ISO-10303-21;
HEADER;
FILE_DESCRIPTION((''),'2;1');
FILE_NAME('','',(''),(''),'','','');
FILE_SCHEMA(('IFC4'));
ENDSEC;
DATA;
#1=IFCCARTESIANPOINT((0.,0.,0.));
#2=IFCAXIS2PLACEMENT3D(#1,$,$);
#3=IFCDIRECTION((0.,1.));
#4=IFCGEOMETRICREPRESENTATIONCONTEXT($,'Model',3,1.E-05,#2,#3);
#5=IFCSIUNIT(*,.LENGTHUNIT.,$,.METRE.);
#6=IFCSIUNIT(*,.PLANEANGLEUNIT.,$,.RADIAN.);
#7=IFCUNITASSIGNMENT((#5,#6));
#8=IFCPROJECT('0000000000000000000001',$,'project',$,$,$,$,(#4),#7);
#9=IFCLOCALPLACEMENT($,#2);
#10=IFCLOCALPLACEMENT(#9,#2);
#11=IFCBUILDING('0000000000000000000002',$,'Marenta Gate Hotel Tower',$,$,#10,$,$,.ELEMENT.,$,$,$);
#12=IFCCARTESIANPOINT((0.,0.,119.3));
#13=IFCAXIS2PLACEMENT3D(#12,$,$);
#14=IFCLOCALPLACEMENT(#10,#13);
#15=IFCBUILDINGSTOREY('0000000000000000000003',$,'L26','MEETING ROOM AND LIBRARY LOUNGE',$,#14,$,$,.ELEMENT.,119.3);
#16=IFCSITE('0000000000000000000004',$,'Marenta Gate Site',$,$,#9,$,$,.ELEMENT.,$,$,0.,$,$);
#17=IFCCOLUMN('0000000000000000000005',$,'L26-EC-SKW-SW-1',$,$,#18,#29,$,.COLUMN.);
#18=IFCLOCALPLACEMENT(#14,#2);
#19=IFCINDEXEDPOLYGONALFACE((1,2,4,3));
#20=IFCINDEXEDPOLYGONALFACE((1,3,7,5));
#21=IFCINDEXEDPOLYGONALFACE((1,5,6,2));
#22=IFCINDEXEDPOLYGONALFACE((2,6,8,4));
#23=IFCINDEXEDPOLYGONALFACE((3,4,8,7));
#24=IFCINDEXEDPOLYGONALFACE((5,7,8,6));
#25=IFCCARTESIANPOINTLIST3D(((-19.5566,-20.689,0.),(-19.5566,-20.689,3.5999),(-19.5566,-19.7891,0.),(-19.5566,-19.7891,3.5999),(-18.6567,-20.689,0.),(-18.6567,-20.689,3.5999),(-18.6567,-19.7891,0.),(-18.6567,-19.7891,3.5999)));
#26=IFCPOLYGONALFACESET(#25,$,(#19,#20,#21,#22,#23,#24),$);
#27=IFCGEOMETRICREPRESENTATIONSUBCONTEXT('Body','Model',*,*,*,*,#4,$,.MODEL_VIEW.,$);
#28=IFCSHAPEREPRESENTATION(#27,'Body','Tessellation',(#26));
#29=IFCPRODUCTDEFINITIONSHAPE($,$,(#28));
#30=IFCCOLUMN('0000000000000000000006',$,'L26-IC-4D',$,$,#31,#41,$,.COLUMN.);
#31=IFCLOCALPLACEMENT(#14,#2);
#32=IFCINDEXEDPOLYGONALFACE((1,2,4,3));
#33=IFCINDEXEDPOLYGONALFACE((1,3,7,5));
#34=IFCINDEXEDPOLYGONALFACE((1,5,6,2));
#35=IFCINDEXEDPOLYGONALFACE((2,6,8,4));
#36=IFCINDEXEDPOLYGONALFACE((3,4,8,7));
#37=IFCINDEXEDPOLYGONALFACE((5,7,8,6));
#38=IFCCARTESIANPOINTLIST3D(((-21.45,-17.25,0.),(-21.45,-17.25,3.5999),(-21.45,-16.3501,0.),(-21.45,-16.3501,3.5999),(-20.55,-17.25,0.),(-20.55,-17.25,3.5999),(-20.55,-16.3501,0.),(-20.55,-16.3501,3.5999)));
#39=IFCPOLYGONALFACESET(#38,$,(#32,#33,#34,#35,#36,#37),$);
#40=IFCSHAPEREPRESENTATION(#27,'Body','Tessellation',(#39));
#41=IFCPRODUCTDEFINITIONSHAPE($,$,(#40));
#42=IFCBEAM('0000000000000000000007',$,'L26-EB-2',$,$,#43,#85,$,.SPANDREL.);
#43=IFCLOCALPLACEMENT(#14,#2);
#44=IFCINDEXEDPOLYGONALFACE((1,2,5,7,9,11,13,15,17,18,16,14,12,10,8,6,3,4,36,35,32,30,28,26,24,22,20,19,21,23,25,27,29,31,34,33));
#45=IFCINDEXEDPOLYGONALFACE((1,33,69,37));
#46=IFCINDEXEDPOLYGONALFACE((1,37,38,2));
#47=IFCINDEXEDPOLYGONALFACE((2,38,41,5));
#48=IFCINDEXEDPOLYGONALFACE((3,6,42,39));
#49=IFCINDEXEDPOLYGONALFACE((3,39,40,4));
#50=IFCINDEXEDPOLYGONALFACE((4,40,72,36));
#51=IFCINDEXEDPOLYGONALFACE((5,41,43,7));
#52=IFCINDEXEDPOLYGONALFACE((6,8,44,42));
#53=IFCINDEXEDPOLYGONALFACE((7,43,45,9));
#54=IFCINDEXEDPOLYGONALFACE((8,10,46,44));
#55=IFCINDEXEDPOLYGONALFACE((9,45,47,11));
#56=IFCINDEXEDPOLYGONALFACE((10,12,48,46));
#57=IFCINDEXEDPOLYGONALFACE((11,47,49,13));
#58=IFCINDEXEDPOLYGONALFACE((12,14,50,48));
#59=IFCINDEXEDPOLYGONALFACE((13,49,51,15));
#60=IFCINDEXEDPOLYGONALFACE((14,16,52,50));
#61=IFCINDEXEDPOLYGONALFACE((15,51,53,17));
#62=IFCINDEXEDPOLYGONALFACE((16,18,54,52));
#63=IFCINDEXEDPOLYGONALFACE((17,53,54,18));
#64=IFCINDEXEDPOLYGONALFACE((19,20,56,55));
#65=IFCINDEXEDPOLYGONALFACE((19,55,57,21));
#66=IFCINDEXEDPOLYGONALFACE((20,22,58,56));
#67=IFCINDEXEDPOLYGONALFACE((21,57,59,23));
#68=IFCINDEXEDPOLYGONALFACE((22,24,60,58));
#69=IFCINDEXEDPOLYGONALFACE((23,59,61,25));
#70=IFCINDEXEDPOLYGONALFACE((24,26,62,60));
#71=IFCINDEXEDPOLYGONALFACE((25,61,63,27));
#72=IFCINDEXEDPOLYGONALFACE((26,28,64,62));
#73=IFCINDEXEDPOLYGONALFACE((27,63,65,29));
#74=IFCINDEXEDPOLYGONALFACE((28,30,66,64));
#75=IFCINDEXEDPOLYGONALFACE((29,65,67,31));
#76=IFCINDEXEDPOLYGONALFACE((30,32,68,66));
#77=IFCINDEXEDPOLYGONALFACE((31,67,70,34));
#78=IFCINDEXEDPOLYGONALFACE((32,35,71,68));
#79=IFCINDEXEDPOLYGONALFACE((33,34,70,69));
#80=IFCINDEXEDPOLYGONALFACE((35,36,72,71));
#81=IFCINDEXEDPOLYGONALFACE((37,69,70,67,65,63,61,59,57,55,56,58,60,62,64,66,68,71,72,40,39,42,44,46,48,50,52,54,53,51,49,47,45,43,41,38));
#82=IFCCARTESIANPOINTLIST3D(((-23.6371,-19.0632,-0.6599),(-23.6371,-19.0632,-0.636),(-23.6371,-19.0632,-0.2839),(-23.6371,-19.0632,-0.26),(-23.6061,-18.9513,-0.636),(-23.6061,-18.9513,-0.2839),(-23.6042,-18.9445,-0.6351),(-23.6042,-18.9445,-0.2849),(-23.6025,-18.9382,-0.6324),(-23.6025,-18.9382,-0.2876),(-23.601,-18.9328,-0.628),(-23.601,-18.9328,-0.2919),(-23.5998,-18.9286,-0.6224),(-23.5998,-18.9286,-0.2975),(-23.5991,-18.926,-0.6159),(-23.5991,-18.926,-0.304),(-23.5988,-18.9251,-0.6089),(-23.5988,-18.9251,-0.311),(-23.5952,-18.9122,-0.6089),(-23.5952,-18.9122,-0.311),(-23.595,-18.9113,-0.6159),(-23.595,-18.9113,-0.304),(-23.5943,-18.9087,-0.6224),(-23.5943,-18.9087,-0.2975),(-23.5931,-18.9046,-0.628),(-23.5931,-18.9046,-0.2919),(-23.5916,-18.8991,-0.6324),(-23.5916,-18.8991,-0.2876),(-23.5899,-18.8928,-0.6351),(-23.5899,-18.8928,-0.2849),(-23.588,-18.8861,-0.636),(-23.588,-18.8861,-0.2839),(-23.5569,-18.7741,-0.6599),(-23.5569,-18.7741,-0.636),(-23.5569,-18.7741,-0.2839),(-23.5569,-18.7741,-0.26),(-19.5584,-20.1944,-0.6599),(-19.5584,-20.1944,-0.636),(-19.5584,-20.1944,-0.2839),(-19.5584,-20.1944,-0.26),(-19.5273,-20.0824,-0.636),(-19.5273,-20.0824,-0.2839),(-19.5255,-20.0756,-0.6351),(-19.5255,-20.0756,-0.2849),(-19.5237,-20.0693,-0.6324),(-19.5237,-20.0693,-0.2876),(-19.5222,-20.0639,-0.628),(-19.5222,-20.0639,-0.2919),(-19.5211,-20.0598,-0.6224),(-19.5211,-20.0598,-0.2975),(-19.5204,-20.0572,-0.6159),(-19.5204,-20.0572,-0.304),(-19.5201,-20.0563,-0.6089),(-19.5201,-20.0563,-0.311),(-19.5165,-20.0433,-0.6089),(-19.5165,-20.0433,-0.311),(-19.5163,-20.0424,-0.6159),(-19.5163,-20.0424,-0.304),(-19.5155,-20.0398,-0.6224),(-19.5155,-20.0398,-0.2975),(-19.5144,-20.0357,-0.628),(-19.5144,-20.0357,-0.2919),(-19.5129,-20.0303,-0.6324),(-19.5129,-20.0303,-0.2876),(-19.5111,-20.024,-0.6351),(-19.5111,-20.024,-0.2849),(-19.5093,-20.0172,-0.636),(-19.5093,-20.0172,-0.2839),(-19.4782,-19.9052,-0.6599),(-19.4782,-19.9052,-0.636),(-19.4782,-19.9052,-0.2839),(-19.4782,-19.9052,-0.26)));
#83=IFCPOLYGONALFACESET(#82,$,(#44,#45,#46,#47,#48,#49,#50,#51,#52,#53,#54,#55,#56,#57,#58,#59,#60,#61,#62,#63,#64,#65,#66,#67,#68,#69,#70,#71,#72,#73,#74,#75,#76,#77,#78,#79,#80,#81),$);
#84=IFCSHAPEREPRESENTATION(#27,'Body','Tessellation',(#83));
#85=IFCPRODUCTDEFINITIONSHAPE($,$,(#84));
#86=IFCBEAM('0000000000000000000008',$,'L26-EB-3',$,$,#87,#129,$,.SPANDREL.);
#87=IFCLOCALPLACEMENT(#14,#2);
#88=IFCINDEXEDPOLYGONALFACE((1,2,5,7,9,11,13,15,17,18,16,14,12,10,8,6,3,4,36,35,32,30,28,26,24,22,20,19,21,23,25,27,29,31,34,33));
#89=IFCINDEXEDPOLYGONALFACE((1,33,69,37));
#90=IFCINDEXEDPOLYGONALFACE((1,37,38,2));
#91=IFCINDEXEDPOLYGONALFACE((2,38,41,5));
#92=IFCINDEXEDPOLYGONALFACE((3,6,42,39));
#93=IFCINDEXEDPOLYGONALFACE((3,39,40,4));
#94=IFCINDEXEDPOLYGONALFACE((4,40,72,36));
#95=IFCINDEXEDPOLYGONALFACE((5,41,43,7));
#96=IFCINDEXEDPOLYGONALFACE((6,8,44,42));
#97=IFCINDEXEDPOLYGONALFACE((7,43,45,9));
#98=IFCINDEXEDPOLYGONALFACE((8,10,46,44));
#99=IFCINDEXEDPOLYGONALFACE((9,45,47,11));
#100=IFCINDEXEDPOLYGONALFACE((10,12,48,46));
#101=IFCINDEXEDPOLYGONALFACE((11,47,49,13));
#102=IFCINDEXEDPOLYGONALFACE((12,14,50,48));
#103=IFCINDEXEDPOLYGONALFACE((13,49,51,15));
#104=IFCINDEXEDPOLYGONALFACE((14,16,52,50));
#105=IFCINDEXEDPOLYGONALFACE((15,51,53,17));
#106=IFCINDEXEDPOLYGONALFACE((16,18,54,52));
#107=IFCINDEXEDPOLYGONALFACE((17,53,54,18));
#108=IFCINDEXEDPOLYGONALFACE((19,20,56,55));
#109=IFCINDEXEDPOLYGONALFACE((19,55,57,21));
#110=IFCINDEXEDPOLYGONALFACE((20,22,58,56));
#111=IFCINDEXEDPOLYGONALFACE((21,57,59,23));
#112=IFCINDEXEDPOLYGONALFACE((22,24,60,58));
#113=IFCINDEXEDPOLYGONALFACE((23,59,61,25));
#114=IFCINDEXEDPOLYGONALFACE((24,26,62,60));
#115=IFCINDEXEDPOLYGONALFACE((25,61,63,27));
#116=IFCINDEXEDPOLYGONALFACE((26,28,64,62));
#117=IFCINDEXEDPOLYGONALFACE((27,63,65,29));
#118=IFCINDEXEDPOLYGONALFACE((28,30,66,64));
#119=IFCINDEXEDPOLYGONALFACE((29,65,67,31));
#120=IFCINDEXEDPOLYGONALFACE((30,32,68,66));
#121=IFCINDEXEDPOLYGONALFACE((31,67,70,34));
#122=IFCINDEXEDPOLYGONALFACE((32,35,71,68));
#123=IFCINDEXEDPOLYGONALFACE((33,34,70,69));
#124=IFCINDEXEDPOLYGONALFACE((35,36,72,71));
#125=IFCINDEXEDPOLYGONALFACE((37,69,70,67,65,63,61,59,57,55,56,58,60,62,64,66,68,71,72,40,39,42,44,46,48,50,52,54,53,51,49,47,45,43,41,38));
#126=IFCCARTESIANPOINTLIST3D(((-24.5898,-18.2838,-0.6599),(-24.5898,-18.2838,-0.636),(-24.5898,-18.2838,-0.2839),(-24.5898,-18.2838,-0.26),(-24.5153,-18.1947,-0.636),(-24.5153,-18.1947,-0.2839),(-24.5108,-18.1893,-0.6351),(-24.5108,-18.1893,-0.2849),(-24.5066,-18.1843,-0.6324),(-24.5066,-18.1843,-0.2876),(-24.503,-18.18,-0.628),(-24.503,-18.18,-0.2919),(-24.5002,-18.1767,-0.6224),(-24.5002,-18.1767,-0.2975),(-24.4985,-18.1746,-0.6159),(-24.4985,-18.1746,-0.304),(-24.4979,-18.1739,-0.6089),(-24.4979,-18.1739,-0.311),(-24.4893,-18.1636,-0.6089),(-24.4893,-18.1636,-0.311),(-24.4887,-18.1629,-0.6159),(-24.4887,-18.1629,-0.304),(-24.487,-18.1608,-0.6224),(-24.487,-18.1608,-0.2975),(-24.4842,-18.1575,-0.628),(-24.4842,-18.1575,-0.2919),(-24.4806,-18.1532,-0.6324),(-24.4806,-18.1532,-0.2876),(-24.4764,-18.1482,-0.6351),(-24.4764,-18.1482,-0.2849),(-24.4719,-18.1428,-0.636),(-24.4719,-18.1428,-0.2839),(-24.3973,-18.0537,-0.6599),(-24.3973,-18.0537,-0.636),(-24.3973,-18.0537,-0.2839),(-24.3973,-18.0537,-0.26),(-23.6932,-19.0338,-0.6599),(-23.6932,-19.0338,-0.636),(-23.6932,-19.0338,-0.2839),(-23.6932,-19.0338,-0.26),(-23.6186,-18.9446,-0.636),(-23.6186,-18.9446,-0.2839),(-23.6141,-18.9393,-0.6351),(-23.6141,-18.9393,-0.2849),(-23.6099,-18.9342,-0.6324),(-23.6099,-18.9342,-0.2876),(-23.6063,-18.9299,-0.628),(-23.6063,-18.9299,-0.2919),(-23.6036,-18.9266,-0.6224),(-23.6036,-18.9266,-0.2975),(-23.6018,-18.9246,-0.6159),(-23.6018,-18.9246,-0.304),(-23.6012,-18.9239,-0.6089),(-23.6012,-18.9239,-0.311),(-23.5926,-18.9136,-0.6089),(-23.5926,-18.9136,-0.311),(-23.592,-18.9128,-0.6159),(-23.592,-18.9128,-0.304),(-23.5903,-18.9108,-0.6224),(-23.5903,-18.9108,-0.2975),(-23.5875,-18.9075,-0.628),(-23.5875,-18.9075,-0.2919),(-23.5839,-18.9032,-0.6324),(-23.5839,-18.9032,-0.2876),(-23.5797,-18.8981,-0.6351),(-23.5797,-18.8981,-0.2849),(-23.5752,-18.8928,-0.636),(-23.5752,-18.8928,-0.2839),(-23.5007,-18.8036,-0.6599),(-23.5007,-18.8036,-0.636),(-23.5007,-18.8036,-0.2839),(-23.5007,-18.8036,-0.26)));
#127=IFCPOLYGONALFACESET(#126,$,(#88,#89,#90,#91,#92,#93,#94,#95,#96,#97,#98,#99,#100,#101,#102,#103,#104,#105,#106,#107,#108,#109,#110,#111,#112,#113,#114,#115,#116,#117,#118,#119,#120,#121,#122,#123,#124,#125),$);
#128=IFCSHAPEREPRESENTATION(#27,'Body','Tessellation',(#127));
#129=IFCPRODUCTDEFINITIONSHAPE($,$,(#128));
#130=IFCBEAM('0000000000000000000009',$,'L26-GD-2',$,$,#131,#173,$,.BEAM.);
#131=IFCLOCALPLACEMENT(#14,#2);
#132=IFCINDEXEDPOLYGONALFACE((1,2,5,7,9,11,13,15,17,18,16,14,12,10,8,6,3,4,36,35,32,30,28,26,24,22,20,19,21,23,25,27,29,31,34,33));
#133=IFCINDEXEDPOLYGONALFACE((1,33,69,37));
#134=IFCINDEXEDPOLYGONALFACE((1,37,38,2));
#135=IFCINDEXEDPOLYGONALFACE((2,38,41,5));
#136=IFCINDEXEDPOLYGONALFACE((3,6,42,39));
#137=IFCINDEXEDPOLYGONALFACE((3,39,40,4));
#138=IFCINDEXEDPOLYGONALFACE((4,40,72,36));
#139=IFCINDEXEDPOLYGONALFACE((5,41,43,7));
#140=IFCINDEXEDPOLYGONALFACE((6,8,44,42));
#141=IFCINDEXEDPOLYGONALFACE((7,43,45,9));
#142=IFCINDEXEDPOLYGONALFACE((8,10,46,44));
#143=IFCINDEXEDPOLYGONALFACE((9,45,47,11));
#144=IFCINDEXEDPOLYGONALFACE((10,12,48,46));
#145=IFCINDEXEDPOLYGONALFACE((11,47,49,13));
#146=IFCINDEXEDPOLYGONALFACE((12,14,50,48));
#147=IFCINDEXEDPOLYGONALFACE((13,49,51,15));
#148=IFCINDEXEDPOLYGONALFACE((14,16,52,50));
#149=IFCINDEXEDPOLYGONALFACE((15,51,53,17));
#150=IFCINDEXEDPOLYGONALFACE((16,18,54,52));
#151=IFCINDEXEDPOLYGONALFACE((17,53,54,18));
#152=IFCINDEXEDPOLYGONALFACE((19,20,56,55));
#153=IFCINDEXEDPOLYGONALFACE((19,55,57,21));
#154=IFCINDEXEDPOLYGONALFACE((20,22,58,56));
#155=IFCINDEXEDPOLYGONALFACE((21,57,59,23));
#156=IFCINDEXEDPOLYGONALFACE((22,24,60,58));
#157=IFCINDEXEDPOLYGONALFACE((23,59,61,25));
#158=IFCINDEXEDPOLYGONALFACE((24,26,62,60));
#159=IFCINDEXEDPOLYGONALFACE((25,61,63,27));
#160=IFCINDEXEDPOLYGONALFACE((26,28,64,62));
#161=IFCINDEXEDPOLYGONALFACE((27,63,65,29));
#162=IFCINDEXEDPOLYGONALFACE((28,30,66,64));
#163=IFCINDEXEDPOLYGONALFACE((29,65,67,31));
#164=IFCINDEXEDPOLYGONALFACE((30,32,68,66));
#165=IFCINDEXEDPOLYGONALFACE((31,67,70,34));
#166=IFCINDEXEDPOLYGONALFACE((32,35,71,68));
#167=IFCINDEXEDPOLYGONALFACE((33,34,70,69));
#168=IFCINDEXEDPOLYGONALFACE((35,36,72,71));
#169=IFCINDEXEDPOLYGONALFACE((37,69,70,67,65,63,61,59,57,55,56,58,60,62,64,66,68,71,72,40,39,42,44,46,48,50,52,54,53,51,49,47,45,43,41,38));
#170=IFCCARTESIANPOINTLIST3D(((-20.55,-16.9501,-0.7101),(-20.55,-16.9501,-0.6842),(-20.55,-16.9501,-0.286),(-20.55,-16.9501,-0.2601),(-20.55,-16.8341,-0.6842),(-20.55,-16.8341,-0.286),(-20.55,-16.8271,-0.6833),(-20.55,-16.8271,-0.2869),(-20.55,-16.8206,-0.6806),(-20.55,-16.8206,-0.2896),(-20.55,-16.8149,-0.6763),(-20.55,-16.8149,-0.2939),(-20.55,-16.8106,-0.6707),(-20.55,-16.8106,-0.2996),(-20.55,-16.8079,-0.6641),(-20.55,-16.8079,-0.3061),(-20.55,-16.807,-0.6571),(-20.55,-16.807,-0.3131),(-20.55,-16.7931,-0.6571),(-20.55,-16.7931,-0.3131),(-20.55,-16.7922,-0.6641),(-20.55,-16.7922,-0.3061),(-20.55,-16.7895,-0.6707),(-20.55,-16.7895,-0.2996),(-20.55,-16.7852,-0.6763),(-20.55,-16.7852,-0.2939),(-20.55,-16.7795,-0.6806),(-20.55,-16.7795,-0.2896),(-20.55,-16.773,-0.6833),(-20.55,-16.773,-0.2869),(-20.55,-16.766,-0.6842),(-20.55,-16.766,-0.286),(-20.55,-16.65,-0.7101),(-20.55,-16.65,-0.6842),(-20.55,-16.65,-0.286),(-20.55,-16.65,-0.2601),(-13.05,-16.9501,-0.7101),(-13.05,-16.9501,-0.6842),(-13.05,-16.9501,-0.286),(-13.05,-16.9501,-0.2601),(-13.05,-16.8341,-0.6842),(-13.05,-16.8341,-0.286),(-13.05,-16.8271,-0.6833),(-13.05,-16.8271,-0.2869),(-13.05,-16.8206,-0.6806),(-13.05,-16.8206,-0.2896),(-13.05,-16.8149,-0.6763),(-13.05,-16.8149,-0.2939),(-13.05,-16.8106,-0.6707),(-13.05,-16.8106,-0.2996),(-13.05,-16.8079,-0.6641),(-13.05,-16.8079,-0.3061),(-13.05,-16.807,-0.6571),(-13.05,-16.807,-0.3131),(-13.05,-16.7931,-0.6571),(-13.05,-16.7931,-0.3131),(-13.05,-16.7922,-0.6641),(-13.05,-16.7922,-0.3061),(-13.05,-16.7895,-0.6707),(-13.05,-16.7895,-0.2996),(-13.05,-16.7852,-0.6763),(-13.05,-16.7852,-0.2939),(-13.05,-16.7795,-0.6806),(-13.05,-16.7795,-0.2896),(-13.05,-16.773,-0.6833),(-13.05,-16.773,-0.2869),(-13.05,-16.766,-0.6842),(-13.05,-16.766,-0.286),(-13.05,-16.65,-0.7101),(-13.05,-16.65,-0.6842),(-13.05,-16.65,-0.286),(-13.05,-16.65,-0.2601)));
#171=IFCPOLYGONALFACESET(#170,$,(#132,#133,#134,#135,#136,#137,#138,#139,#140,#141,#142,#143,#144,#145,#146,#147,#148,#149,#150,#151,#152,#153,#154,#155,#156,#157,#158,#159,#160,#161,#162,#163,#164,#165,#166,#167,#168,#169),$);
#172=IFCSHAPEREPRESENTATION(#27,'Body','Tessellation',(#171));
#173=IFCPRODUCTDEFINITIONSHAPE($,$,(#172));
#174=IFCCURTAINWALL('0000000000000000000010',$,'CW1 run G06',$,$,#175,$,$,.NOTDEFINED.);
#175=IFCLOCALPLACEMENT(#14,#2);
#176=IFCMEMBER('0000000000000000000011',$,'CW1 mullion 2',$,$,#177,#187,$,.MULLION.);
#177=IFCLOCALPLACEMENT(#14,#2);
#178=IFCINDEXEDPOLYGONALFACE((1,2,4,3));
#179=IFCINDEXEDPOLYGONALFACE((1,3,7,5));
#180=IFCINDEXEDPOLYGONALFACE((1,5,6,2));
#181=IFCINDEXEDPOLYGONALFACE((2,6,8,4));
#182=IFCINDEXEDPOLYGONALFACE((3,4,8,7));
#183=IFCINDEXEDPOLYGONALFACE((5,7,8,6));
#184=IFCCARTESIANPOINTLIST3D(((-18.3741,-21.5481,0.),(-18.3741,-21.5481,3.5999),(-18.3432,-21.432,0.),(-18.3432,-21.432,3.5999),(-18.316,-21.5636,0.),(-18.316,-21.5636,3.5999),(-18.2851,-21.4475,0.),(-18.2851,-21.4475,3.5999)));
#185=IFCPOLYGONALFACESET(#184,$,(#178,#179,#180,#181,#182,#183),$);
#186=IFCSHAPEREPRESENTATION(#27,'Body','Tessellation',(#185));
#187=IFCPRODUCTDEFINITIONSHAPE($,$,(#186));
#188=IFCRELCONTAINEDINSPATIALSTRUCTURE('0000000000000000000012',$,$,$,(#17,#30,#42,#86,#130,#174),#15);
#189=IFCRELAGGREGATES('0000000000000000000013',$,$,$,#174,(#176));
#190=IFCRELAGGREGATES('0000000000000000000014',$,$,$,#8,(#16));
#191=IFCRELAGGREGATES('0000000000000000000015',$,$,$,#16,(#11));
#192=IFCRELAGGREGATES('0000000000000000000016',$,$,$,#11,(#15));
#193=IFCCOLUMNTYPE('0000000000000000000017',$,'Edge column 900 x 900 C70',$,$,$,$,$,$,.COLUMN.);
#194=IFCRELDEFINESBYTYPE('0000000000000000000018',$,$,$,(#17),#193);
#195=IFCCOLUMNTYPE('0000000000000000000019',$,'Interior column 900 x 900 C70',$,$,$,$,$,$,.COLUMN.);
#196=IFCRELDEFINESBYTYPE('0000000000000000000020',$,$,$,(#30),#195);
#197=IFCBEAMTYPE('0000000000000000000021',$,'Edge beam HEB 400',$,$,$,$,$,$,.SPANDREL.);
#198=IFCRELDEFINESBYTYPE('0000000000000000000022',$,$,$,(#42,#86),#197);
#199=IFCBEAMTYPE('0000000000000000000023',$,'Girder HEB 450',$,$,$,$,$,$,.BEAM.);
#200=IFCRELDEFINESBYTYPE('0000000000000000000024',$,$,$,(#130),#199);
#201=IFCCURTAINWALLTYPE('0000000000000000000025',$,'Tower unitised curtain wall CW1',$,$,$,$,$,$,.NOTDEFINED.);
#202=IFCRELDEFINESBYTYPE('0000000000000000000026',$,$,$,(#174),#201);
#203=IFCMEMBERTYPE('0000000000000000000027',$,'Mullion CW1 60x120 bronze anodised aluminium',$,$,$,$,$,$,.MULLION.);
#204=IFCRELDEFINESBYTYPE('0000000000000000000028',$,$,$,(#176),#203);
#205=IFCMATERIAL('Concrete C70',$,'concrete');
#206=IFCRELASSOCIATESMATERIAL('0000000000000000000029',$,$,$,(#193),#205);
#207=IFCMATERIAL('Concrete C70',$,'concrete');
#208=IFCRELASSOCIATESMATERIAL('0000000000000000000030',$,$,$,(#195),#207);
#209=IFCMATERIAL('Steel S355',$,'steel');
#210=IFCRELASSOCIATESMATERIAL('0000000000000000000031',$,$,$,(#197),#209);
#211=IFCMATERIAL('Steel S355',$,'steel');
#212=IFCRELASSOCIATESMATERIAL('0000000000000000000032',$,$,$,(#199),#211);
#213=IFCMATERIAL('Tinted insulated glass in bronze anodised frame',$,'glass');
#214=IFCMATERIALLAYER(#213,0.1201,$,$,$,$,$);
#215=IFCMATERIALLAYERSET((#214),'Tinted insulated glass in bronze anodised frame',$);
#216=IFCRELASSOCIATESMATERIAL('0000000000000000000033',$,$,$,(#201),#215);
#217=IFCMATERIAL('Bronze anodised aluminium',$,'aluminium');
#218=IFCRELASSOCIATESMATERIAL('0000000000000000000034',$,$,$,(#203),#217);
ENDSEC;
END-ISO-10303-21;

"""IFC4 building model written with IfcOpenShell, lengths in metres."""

from ifc_helpers import new_model, si_unit, direction, frame, origin, origin_2d, place, context, subcontext, project, spatial, rectangle, i_section, extrude, material, layer, layer_set, material_profile, profile_set, type_object, element, aggregate, save


model = new_model("IFC4")

# Units and contexts
model_context = context("Model", 3, precision=1e-05, world=origin(), true_north=direction((0.0, 1.0)))
body_context = subcontext(model_context, "Body", "Model", "MODEL_VIEW")
ifc_project = project(units=[si_unit("LENGTHUNIT", "METRE"), si_unit("PLANEANGLEUNIT", "RADIAN")], contexts=[model_context])

# Site, building, storey
site_placement = place(None, origin())
site = spatial("IfcSite", under=ifc_project, at=site_placement, Name="Marenta Gate Site", CompositionType="ELEMENT", RefElevation=0.0)
building_placement = place(site_placement, origin())
building = spatial("IfcBuilding", under=site, at=building_placement, Name="Marenta Gate Hotel Tower", CompositionType="ELEMENT")
storey_placement = place(building_placement, frame((0.0, 0.0, 119.3)))
storey = spatial("IfcBuildingStorey", under=building, at=storey_placement, Name="L26", Description="MEETING ROOM AND LIBRARY LOUNGE", CompositionType="ELEMENT", Elevation=119.3)

# Columns
ifc_material_1 = material(Name="Concrete C70", Category="concrete")
ifc_material_profile_1 = material_profile(ifc_material_1, rectangle(XDim=0.8999, YDim=0.8999, at=origin_2d()), Name="900 x 900")
ifc_profile_set_1 = profile_set([ifc_material_profile_1], Name="Concrete C70")
column_type_1 = type_object("IfcColumnType", Name="Edge column 900 x 900 C70", PredefinedType="COLUMN", material=ifc_profile_set_1)
column_1_placement = place(storey_placement, frame((-19.1067, -20.239, 0.0), z_axis=(0.0, 0.0, 1.0), x_axis=(1.0, 0.0, 0.0)))
element("IfcColumn", 1, at=column_1_placement, inside=storey, type_object=column_type_1, Name="L26-EC-SKW-SW-1", PredefinedType="COLUMN", context=body_context, shape_type="SweptSolid", body=[
    extrude(rectangle(XDim=0.8999, YDim=0.8999, at=origin_2d()), origin(), (0.0, 0.0, 1.0), 3.5999),
])
ifc_material_2 = material(Name="Concrete C70", Category="concrete")
ifc_material_profile_2 = material_profile(ifc_material_2, rectangle(XDim=0.8999, YDim=0.8999, at=origin_2d()), Name="900 x 900")
ifc_profile_set_2 = profile_set([ifc_material_profile_2], Name="Concrete C70")
column_type_2 = type_object("IfcColumnType", Name="Interior column 900 x 900 C70", PredefinedType="COLUMN", material=ifc_profile_set_2)
column_2_placement = place(storey_placement, frame((-21.0, -16.8, 0.0), z_axis=(0.0, 0.0, 1.0), x_axis=(1.0, 0.0, 0.0)))
element("IfcColumn", 2, at=column_2_placement, inside=storey, type_object=column_type_2, Name="L26-IC-4D", PredefinedType="COLUMN", context=body_context, shape_type="SweptSolid", body=[
    extrude(rectangle(XDim=0.8999, YDim=0.8999, at=origin_2d()), origin(), (0.0, 0.0, 1.0), 3.5999),
])

# Beams
ifc_material_3 = material(Name="Steel S355", Category="steel")
ifc_material_profile_3 = material_profile(ifc_material_3, i_section(OverallWidth=0.3, OverallDepth=0.3999, WebThickness=0.0134, FlangeThickness=0.0239, FilletRadius=0.0271, at=origin_2d()), Name="HEB 400")
ifc_profile_set_3 = profile_set([ifc_material_profile_3], Name="Steel S355")
beam_type_1 = type_object("IfcBeamType", Name="Edge beam HEB 400", PredefinedType="SPANDREL", material=ifc_profile_set_3)
beam_1_placement = place(storey_placement, frame((-19.5183, -20.0498, -0.46), z_axis=(-0.96363, 0.267239, 0.0), x_axis=(-0.267239, -0.96363, 0.0)))
element("IfcBeam", 3, at=beam_1_placement, inside=storey, type_object=beam_type_1, Name="L26-EB-2", PredefinedType="SPANDREL", context=body_context, shape_type="SweptSolid", body=[
    extrude(i_section(OverallWidth=0.3, OverallDepth=0.3999, WebThickness=0.0134, FlangeThickness=0.0239, FilletRadius=0.0271, at=origin_2d()), origin(), (0.0, 0.0, 1.0), 4.2327),
])
beam_2_placement = place(storey_placement, frame((-23.5969, -18.9187, -0.46), z_axis=(-0.767073, 0.64156, 0.0), x_axis=(-0.64156, -0.767073, 0.0)))
element("IfcBeam", 4, at=beam_2_placement, inside=storey, type_object=beam_type_1, Name="L26-EB-3", PredefinedType="SPANDREL", context=body_context, shape_type="SweptSolid", body=[
    extrude(i_section(OverallWidth=0.3, OverallDepth=0.3999, WebThickness=0.0134, FlangeThickness=0.0239, FilletRadius=0.0271, at=origin_2d()), origin(), (0.0, 0.0, 1.0), 1.1689),
])
ifc_material_4 = material(Name="Steel S355", Category="steel")
ifc_material_profile_4 = material_profile(ifc_material_4, i_section(OverallWidth=0.3, OverallDepth=0.45, WebThickness=0.0139, FlangeThickness=0.0259, FilletRadius=0.0271, at=origin_2d()), Name="HEB 450")
ifc_profile_set_4 = profile_set([ifc_material_profile_4], Name="Steel S355")
beam_type_2 = type_object("IfcBeamType", Name="Girder HEB 450", PredefinedType="BEAM", material=ifc_profile_set_4)
beam_3_placement = place(storey_placement, frame((-20.55, -16.8, -0.4851), z_axis=(1.0, 0.0, 0.0), x_axis=(0.0, 1.0, 0.0)))
element("IfcBeam", 5, at=beam_3_placement, inside=storey, type_object=beam_type_2, Name="L26-GD-2", PredefinedType="BEAM", context=body_context, shape_type="SweptSolid", body=[
    extrude(i_section(OverallWidth=0.3, OverallDepth=0.45, WebThickness=0.0139, FlangeThickness=0.0259, FilletRadius=0.0271, at=origin_2d()), origin(), (0.0, 0.0, 1.0), 7.5),
])

# Curtain wall, member
ifc_material_5 = material(Name="Tinted insulated glass in bronze anodised frame", Category="glass")
ifc_layer_1 = layer(ifc_material_5, 0.1201)
ifc_layer_set_1 = layer_set([ifc_layer_1], Name="Tinted insulated glass in bronze anodised frame")
curtain_wall_type = type_object("IfcCurtainWallType", Name="Tower unitised curtain wall CW1", PredefinedType="NOTDEFINED", material=ifc_layer_set_1)
curtain_wall_placement = place(storey_placement, origin())
curtain_wall = element("IfcCurtainWall", 6, at=curtain_wall_placement, inside=storey, type_object=curtain_wall_type, Name="CW1 run G06", PredefinedType="NOTDEFINED")
ifc_material_6 = material(Name="Bronze anodised aluminium", Category="aluminium")
ifc_material_profile_5 = material_profile(ifc_material_6, rectangle(XDim=0.1201, YDim=0.0601, at=origin_2d()), Name="Mullion CW1 60x120 bronze anodised aluminium")
ifc_profile_set_5 = profile_set([ifc_material_profile_5], Name="Bronze anodised aluminium")
member_type_1 = type_object("IfcMemberType", Name="Mullion CW1 60x120 bronze anodised aluminium", PredefinedType="MULLION", material=ifc_profile_set_5)
member_1_placement = place(storey_placement, frame((-18.3296, -21.4978, 0.0), z_axis=(0.0, 0.0, 1.0), x_axis=(0.257144, 0.966373, 0.0)))
member_1 = element("IfcMember", 7, at=member_1_placement, type_object=member_type_1, Name="CW1 mullion 2", PredefinedType="MULLION", context=body_context, shape_type="SweptSolid", body=[
    extrude(rectangle(XDim=0.1201, YDim=0.0601, at=origin_2d()), origin(), (0.0, 0.0, 1.0), 3.5999),
])
aggregate(curtain_wall, [member_1])

save(model, "model.ifc")
